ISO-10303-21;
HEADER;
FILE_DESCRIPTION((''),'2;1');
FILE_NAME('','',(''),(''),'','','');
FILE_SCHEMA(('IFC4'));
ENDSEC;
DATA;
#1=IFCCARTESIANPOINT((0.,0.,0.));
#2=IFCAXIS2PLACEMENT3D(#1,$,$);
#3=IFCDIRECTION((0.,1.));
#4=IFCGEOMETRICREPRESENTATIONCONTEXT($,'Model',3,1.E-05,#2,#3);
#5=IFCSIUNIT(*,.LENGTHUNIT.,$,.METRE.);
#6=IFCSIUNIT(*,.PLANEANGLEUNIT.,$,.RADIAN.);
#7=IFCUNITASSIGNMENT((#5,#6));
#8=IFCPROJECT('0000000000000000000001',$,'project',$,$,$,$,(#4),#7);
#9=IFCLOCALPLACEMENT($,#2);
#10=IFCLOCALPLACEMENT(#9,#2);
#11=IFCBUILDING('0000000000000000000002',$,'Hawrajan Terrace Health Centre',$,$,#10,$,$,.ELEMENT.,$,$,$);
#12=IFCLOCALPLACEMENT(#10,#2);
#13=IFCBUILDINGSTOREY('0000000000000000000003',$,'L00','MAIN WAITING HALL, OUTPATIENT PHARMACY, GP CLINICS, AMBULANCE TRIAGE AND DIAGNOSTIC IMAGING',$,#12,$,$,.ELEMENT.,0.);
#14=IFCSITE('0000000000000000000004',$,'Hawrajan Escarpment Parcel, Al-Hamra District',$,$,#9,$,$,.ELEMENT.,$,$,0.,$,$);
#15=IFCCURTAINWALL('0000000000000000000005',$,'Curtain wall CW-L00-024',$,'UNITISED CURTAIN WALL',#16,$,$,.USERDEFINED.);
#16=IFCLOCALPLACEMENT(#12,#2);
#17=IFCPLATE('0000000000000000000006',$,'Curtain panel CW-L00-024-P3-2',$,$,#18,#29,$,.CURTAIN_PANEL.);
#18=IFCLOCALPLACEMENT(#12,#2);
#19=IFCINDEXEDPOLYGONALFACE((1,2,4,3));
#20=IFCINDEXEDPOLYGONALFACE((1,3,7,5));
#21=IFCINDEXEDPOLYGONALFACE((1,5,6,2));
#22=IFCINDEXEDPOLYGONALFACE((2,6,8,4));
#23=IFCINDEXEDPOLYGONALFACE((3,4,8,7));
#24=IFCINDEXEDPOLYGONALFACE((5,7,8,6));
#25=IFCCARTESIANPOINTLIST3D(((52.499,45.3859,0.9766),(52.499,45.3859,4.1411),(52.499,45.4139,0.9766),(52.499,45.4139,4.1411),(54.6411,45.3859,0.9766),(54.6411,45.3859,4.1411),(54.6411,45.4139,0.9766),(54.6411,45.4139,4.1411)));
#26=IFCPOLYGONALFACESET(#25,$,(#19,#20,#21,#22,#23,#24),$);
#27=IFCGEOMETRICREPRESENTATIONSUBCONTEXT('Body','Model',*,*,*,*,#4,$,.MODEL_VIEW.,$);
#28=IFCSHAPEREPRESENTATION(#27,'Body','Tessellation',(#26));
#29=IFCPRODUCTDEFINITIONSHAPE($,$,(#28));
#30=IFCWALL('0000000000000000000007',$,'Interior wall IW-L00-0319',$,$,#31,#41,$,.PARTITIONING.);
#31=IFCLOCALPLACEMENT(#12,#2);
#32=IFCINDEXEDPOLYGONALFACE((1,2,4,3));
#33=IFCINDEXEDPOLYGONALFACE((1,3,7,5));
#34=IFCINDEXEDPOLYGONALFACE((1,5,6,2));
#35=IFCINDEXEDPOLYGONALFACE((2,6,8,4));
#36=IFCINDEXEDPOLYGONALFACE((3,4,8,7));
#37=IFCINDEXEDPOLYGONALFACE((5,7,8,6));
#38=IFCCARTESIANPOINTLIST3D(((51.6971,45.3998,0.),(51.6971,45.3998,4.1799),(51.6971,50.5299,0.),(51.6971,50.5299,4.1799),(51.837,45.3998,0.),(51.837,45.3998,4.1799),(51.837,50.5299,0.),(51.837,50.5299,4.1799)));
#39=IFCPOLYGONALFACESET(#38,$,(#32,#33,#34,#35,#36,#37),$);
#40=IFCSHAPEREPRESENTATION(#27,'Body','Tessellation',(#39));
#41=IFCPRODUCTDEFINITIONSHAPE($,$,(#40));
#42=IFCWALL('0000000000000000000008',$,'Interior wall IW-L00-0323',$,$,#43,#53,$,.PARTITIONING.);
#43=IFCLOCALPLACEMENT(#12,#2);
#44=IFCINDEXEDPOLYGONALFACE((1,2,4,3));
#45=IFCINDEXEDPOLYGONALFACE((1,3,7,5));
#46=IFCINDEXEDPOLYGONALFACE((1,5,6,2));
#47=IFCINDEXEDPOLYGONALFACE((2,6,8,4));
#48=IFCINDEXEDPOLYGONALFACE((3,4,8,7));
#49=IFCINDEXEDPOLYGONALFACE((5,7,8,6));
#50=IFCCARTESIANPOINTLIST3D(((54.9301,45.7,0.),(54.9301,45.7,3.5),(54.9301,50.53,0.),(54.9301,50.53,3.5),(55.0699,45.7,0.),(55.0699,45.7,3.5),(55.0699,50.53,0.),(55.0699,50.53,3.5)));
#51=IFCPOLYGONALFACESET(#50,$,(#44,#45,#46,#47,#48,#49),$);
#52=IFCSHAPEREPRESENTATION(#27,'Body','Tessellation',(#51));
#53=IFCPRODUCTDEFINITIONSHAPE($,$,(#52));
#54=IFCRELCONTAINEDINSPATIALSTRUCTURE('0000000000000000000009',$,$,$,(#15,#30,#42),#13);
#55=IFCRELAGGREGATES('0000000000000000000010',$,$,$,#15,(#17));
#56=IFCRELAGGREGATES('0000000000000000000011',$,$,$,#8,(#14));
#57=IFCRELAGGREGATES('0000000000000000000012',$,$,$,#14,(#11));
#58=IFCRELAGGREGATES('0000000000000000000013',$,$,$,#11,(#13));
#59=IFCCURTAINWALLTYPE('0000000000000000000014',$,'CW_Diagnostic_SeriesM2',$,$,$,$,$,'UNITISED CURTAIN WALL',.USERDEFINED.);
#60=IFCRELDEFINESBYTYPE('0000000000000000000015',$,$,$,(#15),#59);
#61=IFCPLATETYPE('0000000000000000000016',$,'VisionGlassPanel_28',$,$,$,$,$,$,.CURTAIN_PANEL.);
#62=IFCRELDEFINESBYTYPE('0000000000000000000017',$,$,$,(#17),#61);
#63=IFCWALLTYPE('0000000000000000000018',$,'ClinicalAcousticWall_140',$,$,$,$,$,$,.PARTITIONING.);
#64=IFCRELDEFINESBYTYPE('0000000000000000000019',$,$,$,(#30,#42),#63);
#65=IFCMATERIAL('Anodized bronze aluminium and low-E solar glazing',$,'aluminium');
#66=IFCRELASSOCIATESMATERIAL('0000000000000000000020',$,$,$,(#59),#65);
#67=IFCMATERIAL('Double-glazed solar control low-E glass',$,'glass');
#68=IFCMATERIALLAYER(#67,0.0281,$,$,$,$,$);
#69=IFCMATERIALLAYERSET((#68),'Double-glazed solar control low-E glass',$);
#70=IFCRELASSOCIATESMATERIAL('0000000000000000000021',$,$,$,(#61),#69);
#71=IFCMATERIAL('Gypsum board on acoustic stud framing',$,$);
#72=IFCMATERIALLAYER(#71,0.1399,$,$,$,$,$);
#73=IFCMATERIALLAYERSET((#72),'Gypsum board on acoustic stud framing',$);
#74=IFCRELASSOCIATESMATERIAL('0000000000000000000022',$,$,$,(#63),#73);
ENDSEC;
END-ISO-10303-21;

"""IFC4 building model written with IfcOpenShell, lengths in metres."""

from ifc_helpers import new_model, si_unit, direction, frame, frame_2d, origin, origin_2d, place, context, subcontext, project, spatial, rectangle, extrude, material, layer, layer_set, type_object, element, aggregate, save


model = new_model("IFC4")

# Units and contexts
model_context = context("Model", 3, precision=1e-05, world=origin(), true_north=direction((0.0, 1.0)))
body_context = subcontext(model_context, "Body", "Model", "MODEL_VIEW")
ifc_project = project(units=[si_unit("LENGTHUNIT", "METRE"), si_unit("PLANEANGLEUNIT", "RADIAN")], contexts=[model_context])

# Site, building, storey
site_placement = place(None, origin())
site = spatial("IfcSite", under=ifc_project, at=site_placement, Name="Hawrajan Escarpment Parcel, Al-Hamra District", CompositionType="ELEMENT", RefElevation=0.0)
building_placement = place(site_placement, origin())
building = spatial("IfcBuilding", under=site, at=building_placement, Name="Hawrajan Terrace Health Centre", CompositionType="ELEMENT")
storey_placement = place(building_placement, origin())
storey = spatial("IfcBuildingStorey", under=building, at=storey_placement, Name="L00", Description="MAIN WAITING HALL, OUTPATIENT PHARMACY, GP CLINICS, AMBULANCE TRIAGE AND DIAGNOSTIC IMAGING", CompositionType="ELEMENT", Elevation=0.0)

# Curtain wall
ifc_material_1 = material(Name="Anodized bronze aluminium and low-E solar glazing", Category="aluminium")
curtain_wall_type_1 = type_object("IfcCurtainWallType", Name="CW_Diagnostic_SeriesM2", ElementType="UNITISED CURTAIN WALL", PredefinedType="USERDEFINED", material=ifc_material_1)
curtain_wall_1_placement = place(storey_placement, origin())
curtain_wall_1 = element("IfcCurtainWall", 1, at=curtain_wall_1_placement, inside=storey, type_object=curtain_wall_type_1, Name="Curtain wall CW-L00-024", ObjectType="UNITISED CURTAIN WALL", PredefinedType="USERDEFINED")

# Plate
ifc_material_2 = material(Name="Double-glazed solar control low-E glass", Category="glass")
ifc_layer_1 = layer(ifc_material_2, 0.0281)
ifc_layer_set_1 = layer_set([ifc_layer_1], Name="Double-glazed solar control low-E glass")
plate_type_1 = type_object("IfcPlateType", Name="VisionGlassPanel_28", PredefinedType="CURTAIN_PANEL", material=ifc_layer_set_1)
plate_1_placement = place(storey_placement, frame((53.5701, 45.3999, 0.9766), z_axis=(0.0, 0.0, 1.0), x_axis=(1.0, 0.0, 0.0)))
plate_1 = element("IfcPlate", 2, at=plate_1_placement, type_object=plate_type_1, Name="Curtain panel CW-L00-024-P3-2", PredefinedType="CURTAIN_PANEL", context=body_context, shape_type="SweptSolid", body=[
    extrude(rectangle(XDim=2.1421, YDim=0.0281, at=origin_2d()), origin(), (0.0, 0.0, 1.0), 3.1646),
])
aggregate(curtain_wall_1, [plate_1])

# Walls
ifc_material_3 = material(Name="Gypsum board on acoustic stud framing")
ifc_layer_2 = layer(ifc_material_3, 0.1399)
ifc_layer_set_2 = layer_set([ifc_layer_2], Name="Gypsum board on acoustic stud framing")
wall_type = type_object("IfcWallType", Name="ClinicalAcousticWall_140", PredefinedType="PARTITIONING", material=ifc_layer_set_2)
wall_1_placement = place(storey_placement, frame((51.7671, 45.3999, 0.0), z_axis=(0.0, 0.0, 1.0), x_axis=(0.0, 1.0, 0.0)))
element("IfcWall", 3, at=wall_1_placement, inside=storey, type_object=wall_type, Name="Interior wall IW-L00-0319", PredefinedType="PARTITIONING", context=body_context, shape_type="SweptSolid", body=[
    extrude(rectangle(XDim=5.1301, YDim=0.1399, at=frame_2d((2.5649, 0.0))), origin(), (0.0, 0.0, 1.0), 4.1799),
])
wall_2_placement = place(storey_placement, frame((55.0, 45.7, 0.0), z_axis=(0.0, 0.0, 1.0), x_axis=(0.0, 1.0, 0.0)))
element("IfcWall", 4, at=wall_2_placement, inside=storey, type_object=wall_type, Name="Interior wall IW-L00-0323", PredefinedType="PARTITIONING", context=body_context, shape_type="SweptSolid", body=[
    extrude(rectangle(XDim=4.8301, YDim=0.1399, at=frame_2d((2.415, 0.0))), origin(), (0.0, 0.0, 1.0), 3.5),
])

save(model, "model.ifc")
